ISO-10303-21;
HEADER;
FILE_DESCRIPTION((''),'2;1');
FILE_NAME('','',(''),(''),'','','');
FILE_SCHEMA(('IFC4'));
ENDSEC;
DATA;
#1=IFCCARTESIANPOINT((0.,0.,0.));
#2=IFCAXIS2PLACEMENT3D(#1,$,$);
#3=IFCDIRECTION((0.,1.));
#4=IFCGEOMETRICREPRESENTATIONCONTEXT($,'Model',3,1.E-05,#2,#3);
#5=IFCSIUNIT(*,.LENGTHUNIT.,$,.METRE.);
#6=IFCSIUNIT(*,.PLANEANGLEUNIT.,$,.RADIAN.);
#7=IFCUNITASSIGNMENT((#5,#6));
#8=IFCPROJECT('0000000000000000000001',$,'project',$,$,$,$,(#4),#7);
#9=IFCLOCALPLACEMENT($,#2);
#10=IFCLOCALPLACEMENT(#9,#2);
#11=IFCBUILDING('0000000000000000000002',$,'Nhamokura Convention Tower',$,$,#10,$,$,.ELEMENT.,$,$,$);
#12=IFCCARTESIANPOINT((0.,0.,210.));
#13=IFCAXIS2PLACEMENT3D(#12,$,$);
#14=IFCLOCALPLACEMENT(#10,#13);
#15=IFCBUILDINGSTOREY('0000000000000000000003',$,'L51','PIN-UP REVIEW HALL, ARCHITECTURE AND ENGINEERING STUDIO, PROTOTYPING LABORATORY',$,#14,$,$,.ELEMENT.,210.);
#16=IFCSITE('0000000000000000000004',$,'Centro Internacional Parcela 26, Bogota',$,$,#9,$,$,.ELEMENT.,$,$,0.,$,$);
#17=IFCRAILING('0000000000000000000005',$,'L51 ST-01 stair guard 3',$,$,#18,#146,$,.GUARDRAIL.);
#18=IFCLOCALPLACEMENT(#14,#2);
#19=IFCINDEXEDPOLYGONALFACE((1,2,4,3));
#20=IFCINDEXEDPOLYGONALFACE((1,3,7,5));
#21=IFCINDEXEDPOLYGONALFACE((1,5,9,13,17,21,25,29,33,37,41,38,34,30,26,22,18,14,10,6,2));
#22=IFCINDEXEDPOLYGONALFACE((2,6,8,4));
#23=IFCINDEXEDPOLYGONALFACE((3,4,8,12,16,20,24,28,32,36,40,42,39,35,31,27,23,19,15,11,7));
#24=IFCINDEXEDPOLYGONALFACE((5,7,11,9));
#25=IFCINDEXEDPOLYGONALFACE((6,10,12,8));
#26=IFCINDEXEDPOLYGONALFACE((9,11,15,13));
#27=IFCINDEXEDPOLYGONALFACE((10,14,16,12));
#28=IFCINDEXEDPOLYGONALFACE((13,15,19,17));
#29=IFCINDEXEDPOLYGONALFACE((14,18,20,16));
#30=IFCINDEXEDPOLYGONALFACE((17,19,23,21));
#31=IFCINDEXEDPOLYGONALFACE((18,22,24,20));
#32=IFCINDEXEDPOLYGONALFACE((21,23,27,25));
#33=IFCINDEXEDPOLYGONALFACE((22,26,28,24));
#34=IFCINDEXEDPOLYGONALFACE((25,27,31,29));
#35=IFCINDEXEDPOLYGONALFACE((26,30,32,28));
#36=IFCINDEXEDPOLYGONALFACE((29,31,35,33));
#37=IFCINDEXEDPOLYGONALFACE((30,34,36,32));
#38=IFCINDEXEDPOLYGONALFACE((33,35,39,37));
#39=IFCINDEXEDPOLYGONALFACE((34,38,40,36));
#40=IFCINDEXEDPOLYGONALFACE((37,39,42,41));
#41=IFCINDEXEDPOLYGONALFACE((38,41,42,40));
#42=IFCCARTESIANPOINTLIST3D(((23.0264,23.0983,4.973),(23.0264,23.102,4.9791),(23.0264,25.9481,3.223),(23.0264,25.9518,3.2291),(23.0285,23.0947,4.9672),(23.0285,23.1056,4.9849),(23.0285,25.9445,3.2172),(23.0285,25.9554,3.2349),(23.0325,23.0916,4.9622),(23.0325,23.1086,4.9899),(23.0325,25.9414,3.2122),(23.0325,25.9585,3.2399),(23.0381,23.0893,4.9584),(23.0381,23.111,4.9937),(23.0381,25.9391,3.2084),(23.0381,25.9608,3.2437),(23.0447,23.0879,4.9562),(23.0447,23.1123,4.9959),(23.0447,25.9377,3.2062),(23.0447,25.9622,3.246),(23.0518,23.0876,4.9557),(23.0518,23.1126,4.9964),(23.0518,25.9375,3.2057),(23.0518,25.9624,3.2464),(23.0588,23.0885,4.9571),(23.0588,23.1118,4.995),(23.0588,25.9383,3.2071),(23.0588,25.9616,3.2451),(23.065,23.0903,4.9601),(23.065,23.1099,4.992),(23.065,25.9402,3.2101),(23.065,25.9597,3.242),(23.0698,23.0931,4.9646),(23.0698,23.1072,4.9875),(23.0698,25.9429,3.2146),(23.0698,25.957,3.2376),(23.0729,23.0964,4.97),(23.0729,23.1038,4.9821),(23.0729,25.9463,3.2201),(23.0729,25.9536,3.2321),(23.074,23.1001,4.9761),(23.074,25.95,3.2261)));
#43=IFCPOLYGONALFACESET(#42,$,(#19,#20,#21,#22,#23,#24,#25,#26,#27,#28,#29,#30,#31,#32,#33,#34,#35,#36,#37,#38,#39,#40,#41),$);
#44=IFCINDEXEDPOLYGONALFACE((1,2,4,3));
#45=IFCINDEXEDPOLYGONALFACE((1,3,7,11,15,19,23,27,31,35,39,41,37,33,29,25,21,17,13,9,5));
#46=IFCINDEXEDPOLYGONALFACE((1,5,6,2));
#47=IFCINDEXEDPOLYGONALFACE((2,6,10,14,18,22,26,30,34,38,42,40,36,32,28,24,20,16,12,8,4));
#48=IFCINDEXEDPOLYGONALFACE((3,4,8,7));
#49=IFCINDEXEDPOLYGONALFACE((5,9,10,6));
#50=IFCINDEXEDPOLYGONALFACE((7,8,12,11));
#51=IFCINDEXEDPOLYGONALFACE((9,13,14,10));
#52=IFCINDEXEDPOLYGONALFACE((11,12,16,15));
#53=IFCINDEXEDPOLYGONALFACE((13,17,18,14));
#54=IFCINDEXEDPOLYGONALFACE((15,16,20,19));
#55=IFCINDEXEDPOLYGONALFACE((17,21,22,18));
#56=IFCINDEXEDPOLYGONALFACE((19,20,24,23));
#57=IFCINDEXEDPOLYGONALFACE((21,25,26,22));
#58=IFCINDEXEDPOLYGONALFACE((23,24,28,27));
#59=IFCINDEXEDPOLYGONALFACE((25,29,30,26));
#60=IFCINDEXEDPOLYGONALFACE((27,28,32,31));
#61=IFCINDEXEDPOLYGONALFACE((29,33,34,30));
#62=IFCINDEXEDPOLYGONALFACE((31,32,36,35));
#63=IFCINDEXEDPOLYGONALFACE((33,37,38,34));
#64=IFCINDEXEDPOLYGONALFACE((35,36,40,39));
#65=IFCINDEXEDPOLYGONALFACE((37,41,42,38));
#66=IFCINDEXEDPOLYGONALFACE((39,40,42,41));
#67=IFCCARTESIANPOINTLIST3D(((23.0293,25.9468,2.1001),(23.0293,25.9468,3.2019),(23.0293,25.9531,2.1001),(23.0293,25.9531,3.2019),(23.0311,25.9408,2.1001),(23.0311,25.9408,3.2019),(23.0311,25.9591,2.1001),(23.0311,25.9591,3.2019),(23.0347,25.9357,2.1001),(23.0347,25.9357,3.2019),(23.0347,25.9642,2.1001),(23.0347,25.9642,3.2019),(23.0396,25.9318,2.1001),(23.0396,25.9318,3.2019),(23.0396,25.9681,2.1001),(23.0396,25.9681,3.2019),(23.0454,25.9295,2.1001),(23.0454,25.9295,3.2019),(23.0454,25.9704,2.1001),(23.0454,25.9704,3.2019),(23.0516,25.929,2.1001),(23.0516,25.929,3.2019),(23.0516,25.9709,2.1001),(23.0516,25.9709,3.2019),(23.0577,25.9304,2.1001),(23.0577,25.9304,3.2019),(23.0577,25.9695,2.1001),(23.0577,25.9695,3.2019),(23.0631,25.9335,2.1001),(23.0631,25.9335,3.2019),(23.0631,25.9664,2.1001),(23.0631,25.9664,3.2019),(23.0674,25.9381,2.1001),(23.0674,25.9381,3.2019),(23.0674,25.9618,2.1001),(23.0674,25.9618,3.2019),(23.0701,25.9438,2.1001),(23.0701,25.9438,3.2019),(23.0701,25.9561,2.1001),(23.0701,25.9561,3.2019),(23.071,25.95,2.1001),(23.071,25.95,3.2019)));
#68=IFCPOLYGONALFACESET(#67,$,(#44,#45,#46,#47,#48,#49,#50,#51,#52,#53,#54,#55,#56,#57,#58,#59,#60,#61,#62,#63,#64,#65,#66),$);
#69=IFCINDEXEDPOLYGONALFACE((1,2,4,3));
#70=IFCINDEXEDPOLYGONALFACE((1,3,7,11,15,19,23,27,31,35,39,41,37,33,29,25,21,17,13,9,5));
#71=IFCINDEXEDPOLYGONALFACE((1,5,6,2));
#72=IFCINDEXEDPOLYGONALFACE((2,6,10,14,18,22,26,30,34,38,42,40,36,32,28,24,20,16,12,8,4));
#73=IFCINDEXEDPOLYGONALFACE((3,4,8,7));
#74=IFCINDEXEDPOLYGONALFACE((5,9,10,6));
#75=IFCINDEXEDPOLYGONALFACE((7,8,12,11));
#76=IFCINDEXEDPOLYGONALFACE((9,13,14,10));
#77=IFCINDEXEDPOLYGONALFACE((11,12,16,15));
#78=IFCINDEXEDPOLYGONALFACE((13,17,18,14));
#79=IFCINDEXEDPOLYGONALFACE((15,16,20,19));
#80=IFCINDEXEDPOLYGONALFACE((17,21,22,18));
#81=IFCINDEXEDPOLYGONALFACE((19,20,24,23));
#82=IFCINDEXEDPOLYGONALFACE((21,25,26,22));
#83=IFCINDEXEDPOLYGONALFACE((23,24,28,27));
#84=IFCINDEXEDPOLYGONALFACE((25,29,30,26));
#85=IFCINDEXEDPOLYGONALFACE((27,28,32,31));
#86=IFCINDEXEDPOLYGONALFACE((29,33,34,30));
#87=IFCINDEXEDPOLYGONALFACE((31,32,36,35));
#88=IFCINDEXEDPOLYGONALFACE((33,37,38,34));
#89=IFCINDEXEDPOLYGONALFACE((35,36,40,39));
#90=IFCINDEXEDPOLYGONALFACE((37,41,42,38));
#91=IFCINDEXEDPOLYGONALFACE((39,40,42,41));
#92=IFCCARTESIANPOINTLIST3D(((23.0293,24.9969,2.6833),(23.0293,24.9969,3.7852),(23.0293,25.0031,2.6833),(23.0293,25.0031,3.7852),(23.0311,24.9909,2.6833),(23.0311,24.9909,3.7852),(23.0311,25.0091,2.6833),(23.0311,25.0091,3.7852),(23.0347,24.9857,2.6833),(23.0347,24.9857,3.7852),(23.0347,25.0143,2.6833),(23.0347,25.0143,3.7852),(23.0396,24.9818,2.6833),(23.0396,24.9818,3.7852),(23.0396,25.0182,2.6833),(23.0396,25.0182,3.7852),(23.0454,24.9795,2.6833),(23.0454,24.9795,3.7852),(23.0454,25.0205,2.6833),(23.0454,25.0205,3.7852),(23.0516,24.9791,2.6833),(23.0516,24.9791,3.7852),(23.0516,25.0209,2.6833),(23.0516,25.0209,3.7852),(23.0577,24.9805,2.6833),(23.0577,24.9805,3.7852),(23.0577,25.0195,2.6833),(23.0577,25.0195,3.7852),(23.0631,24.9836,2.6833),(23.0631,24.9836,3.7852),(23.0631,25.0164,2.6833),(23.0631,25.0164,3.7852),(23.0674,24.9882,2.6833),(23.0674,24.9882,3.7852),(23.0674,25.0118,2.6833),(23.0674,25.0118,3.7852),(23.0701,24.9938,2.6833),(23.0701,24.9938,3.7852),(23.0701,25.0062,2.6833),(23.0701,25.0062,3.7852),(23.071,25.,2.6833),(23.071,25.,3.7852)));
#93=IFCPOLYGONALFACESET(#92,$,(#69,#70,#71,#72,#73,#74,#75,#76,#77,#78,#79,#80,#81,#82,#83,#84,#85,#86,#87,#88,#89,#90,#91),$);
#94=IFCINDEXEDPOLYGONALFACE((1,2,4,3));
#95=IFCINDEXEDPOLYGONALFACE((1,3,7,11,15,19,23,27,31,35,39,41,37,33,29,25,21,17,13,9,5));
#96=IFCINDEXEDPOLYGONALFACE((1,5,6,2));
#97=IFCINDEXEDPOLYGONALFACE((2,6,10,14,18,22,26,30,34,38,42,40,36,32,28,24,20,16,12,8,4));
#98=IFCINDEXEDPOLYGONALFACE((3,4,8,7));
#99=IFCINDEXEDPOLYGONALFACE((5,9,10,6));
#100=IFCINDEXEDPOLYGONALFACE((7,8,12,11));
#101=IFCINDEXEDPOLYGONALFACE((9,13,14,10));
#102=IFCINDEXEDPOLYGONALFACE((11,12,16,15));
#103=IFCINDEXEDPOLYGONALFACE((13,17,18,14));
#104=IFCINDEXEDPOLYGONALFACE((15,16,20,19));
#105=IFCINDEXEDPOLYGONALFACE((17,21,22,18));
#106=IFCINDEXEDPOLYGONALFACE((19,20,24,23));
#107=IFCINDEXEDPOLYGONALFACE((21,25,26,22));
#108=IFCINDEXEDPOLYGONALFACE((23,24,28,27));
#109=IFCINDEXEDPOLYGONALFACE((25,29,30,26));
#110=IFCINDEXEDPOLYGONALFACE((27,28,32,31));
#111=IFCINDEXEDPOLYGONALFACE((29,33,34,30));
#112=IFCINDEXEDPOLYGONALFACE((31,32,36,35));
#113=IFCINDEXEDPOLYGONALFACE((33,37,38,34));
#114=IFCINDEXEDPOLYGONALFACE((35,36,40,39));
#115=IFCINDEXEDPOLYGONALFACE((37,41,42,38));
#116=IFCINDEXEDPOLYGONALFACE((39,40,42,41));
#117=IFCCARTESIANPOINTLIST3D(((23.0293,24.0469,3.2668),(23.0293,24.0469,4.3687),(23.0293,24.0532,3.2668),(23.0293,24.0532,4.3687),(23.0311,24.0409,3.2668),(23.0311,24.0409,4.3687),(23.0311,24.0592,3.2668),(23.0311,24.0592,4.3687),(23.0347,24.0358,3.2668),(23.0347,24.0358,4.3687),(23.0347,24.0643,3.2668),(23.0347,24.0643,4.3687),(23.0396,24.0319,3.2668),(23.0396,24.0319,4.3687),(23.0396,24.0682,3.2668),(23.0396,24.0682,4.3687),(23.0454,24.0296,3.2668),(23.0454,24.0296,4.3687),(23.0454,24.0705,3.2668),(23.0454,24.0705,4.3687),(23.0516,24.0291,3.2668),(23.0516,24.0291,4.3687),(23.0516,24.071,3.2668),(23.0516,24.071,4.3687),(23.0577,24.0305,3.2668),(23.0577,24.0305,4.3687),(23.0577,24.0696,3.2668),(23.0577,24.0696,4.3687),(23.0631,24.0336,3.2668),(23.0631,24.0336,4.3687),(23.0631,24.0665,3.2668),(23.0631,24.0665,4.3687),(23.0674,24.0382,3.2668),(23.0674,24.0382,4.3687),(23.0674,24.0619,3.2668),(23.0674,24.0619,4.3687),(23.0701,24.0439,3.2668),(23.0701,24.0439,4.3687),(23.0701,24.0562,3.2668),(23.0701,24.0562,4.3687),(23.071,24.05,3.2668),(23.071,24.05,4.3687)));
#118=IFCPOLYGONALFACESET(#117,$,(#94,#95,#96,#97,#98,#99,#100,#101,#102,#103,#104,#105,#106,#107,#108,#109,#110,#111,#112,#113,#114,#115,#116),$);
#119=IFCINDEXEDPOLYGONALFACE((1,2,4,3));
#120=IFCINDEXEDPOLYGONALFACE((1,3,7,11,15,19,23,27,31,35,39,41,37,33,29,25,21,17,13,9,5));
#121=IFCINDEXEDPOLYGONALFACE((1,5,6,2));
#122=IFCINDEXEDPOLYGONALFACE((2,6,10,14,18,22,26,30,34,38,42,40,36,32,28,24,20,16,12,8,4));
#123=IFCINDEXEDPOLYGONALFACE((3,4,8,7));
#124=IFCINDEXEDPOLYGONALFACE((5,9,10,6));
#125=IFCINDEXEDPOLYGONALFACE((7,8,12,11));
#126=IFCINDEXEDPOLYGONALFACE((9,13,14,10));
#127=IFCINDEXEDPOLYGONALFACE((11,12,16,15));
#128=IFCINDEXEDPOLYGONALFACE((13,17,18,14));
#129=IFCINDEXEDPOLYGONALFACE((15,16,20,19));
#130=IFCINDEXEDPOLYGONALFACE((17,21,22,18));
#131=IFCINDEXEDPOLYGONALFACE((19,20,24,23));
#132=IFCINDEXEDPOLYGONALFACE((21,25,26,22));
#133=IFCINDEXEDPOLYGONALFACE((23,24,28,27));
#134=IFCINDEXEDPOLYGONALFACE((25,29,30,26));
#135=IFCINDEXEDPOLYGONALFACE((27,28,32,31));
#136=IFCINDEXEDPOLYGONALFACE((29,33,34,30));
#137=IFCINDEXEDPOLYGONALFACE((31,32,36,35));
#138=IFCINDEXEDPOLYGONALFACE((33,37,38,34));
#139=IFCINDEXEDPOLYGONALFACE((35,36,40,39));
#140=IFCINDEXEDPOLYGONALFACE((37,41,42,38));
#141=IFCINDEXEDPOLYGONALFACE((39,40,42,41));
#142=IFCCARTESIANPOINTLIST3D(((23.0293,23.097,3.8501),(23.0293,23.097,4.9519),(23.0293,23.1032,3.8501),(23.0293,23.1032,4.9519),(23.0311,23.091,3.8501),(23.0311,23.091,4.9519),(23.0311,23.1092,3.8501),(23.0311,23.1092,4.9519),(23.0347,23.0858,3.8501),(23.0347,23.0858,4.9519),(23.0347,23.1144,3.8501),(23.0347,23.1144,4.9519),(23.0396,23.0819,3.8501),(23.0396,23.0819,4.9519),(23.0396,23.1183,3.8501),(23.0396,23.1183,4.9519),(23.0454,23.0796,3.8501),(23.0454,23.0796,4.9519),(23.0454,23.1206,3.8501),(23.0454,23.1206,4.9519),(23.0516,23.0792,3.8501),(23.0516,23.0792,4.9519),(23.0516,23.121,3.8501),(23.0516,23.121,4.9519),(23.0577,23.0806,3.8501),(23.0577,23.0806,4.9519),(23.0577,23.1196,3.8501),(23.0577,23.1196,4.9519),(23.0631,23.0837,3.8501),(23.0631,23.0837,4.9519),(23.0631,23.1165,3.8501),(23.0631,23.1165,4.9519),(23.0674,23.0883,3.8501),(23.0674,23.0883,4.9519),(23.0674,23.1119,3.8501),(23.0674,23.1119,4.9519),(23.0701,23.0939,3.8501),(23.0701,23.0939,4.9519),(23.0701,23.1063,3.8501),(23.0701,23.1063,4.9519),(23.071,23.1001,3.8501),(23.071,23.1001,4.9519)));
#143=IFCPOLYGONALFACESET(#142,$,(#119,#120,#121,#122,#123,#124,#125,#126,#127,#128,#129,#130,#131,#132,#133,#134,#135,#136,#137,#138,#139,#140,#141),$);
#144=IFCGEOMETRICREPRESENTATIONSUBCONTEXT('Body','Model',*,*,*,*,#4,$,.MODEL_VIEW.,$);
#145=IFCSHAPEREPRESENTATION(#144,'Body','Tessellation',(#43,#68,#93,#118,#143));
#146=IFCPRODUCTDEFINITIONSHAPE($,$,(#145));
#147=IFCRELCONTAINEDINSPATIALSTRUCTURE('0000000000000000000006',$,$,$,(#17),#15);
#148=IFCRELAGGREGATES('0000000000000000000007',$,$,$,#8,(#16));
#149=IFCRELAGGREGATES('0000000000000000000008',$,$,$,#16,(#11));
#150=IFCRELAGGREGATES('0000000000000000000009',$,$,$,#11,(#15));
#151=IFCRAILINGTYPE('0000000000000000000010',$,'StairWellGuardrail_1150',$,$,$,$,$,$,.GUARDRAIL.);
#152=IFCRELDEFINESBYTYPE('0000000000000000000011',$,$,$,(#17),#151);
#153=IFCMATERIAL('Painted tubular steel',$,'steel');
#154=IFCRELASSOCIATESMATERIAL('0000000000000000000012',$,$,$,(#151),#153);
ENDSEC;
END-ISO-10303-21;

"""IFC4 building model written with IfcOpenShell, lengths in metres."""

from ifc_helpers import new_model, si_unit, direction, frame, origin, origin_2d, place, context, subcontext, project, spatial, circle, extrude, material, type_object, element, save


model = new_model("IFC4")

# Units and contexts
model_context = context("Model", 3, precision=1e-05, world=origin(), true_north=direction((0.0, 1.0)))
body_context = subcontext(model_context, "Body", "Model", "MODEL_VIEW")
ifc_project = project(units=[si_unit("LENGTHUNIT", "METRE"), si_unit("PLANEANGLEUNIT", "RADIAN")], contexts=[model_context])

# Site, building, storey
site_placement = place(None, origin())
site = spatial("IfcSite", under=ifc_project, at=site_placement, Name="Centro Internacional Parcela 26, Bogota", CompositionType="ELEMENT", RefElevation=0.0)
building_placement = place(site_placement, origin())
building = spatial("IfcBuilding", under=site, at=building_placement, Name="Nhamokura Convention Tower", CompositionType="ELEMENT")
storey_placement = place(building_placement, frame((0.0, 0.0, 210.0)))
storey = spatial("IfcBuildingStorey", under=building, at=storey_placement, Name="L51", Description="PIN-UP REVIEW HALL, ARCHITECTURE AND ENGINEERING STUDIO, PROTOTYPING LABORATORY", CompositionType="ELEMENT", Elevation=210.0)

# Railing
ifc_material_1 = material(Name="Painted tubular steel", Category="steel")
railing_type_1 = type_object("IfcRailingType", Name="StairWellGuardrail_1150", PredefinedType="GUARDRAIL", material=ifc_material_1)
railing_1_placement = place(storey_placement, frame((23.05, 25.95, 2.1001)))
element("IfcRailing", 1, at=railing_1_placement, inside=storey, type_object=railing_type_1, Name="L51 ST-01 stair guard 3", PredefinedType="GUARDRAIL", context=body_context, shape_type="SweptSolid", body=[
    extrude(circle(Radius=0.0239, at=origin_2d()), frame((0.0, 0.0, 1.126), z_axis=(0.0, -0.852159, 0.523283), x_axis=(1.0, 0.0, 0.0)), (0.0, 0.0, 1.0), 3.3442),
    extrude(circle(Radius=0.021, at=origin_2d()), origin(), (0.0, 0.0, 1.0), 1.1018),
    extrude(circle(Radius=0.021, at=origin_2d()), frame((0.0, -0.95, 0.5833)), (0.0, 0.0, 1.0), 1.1018),
    extrude(circle(Radius=0.021, at=origin_2d()), frame((0.0, -1.8999, 1.1667)), (0.0, 0.0, 1.0), 1.1018),
    extrude(circle(Radius=0.021, at=origin_2d()), frame((0.0, -2.8499, 1.75)), (0.0, 0.0, 1.0), 1.1018),
])

save(model, "model.ifc")
